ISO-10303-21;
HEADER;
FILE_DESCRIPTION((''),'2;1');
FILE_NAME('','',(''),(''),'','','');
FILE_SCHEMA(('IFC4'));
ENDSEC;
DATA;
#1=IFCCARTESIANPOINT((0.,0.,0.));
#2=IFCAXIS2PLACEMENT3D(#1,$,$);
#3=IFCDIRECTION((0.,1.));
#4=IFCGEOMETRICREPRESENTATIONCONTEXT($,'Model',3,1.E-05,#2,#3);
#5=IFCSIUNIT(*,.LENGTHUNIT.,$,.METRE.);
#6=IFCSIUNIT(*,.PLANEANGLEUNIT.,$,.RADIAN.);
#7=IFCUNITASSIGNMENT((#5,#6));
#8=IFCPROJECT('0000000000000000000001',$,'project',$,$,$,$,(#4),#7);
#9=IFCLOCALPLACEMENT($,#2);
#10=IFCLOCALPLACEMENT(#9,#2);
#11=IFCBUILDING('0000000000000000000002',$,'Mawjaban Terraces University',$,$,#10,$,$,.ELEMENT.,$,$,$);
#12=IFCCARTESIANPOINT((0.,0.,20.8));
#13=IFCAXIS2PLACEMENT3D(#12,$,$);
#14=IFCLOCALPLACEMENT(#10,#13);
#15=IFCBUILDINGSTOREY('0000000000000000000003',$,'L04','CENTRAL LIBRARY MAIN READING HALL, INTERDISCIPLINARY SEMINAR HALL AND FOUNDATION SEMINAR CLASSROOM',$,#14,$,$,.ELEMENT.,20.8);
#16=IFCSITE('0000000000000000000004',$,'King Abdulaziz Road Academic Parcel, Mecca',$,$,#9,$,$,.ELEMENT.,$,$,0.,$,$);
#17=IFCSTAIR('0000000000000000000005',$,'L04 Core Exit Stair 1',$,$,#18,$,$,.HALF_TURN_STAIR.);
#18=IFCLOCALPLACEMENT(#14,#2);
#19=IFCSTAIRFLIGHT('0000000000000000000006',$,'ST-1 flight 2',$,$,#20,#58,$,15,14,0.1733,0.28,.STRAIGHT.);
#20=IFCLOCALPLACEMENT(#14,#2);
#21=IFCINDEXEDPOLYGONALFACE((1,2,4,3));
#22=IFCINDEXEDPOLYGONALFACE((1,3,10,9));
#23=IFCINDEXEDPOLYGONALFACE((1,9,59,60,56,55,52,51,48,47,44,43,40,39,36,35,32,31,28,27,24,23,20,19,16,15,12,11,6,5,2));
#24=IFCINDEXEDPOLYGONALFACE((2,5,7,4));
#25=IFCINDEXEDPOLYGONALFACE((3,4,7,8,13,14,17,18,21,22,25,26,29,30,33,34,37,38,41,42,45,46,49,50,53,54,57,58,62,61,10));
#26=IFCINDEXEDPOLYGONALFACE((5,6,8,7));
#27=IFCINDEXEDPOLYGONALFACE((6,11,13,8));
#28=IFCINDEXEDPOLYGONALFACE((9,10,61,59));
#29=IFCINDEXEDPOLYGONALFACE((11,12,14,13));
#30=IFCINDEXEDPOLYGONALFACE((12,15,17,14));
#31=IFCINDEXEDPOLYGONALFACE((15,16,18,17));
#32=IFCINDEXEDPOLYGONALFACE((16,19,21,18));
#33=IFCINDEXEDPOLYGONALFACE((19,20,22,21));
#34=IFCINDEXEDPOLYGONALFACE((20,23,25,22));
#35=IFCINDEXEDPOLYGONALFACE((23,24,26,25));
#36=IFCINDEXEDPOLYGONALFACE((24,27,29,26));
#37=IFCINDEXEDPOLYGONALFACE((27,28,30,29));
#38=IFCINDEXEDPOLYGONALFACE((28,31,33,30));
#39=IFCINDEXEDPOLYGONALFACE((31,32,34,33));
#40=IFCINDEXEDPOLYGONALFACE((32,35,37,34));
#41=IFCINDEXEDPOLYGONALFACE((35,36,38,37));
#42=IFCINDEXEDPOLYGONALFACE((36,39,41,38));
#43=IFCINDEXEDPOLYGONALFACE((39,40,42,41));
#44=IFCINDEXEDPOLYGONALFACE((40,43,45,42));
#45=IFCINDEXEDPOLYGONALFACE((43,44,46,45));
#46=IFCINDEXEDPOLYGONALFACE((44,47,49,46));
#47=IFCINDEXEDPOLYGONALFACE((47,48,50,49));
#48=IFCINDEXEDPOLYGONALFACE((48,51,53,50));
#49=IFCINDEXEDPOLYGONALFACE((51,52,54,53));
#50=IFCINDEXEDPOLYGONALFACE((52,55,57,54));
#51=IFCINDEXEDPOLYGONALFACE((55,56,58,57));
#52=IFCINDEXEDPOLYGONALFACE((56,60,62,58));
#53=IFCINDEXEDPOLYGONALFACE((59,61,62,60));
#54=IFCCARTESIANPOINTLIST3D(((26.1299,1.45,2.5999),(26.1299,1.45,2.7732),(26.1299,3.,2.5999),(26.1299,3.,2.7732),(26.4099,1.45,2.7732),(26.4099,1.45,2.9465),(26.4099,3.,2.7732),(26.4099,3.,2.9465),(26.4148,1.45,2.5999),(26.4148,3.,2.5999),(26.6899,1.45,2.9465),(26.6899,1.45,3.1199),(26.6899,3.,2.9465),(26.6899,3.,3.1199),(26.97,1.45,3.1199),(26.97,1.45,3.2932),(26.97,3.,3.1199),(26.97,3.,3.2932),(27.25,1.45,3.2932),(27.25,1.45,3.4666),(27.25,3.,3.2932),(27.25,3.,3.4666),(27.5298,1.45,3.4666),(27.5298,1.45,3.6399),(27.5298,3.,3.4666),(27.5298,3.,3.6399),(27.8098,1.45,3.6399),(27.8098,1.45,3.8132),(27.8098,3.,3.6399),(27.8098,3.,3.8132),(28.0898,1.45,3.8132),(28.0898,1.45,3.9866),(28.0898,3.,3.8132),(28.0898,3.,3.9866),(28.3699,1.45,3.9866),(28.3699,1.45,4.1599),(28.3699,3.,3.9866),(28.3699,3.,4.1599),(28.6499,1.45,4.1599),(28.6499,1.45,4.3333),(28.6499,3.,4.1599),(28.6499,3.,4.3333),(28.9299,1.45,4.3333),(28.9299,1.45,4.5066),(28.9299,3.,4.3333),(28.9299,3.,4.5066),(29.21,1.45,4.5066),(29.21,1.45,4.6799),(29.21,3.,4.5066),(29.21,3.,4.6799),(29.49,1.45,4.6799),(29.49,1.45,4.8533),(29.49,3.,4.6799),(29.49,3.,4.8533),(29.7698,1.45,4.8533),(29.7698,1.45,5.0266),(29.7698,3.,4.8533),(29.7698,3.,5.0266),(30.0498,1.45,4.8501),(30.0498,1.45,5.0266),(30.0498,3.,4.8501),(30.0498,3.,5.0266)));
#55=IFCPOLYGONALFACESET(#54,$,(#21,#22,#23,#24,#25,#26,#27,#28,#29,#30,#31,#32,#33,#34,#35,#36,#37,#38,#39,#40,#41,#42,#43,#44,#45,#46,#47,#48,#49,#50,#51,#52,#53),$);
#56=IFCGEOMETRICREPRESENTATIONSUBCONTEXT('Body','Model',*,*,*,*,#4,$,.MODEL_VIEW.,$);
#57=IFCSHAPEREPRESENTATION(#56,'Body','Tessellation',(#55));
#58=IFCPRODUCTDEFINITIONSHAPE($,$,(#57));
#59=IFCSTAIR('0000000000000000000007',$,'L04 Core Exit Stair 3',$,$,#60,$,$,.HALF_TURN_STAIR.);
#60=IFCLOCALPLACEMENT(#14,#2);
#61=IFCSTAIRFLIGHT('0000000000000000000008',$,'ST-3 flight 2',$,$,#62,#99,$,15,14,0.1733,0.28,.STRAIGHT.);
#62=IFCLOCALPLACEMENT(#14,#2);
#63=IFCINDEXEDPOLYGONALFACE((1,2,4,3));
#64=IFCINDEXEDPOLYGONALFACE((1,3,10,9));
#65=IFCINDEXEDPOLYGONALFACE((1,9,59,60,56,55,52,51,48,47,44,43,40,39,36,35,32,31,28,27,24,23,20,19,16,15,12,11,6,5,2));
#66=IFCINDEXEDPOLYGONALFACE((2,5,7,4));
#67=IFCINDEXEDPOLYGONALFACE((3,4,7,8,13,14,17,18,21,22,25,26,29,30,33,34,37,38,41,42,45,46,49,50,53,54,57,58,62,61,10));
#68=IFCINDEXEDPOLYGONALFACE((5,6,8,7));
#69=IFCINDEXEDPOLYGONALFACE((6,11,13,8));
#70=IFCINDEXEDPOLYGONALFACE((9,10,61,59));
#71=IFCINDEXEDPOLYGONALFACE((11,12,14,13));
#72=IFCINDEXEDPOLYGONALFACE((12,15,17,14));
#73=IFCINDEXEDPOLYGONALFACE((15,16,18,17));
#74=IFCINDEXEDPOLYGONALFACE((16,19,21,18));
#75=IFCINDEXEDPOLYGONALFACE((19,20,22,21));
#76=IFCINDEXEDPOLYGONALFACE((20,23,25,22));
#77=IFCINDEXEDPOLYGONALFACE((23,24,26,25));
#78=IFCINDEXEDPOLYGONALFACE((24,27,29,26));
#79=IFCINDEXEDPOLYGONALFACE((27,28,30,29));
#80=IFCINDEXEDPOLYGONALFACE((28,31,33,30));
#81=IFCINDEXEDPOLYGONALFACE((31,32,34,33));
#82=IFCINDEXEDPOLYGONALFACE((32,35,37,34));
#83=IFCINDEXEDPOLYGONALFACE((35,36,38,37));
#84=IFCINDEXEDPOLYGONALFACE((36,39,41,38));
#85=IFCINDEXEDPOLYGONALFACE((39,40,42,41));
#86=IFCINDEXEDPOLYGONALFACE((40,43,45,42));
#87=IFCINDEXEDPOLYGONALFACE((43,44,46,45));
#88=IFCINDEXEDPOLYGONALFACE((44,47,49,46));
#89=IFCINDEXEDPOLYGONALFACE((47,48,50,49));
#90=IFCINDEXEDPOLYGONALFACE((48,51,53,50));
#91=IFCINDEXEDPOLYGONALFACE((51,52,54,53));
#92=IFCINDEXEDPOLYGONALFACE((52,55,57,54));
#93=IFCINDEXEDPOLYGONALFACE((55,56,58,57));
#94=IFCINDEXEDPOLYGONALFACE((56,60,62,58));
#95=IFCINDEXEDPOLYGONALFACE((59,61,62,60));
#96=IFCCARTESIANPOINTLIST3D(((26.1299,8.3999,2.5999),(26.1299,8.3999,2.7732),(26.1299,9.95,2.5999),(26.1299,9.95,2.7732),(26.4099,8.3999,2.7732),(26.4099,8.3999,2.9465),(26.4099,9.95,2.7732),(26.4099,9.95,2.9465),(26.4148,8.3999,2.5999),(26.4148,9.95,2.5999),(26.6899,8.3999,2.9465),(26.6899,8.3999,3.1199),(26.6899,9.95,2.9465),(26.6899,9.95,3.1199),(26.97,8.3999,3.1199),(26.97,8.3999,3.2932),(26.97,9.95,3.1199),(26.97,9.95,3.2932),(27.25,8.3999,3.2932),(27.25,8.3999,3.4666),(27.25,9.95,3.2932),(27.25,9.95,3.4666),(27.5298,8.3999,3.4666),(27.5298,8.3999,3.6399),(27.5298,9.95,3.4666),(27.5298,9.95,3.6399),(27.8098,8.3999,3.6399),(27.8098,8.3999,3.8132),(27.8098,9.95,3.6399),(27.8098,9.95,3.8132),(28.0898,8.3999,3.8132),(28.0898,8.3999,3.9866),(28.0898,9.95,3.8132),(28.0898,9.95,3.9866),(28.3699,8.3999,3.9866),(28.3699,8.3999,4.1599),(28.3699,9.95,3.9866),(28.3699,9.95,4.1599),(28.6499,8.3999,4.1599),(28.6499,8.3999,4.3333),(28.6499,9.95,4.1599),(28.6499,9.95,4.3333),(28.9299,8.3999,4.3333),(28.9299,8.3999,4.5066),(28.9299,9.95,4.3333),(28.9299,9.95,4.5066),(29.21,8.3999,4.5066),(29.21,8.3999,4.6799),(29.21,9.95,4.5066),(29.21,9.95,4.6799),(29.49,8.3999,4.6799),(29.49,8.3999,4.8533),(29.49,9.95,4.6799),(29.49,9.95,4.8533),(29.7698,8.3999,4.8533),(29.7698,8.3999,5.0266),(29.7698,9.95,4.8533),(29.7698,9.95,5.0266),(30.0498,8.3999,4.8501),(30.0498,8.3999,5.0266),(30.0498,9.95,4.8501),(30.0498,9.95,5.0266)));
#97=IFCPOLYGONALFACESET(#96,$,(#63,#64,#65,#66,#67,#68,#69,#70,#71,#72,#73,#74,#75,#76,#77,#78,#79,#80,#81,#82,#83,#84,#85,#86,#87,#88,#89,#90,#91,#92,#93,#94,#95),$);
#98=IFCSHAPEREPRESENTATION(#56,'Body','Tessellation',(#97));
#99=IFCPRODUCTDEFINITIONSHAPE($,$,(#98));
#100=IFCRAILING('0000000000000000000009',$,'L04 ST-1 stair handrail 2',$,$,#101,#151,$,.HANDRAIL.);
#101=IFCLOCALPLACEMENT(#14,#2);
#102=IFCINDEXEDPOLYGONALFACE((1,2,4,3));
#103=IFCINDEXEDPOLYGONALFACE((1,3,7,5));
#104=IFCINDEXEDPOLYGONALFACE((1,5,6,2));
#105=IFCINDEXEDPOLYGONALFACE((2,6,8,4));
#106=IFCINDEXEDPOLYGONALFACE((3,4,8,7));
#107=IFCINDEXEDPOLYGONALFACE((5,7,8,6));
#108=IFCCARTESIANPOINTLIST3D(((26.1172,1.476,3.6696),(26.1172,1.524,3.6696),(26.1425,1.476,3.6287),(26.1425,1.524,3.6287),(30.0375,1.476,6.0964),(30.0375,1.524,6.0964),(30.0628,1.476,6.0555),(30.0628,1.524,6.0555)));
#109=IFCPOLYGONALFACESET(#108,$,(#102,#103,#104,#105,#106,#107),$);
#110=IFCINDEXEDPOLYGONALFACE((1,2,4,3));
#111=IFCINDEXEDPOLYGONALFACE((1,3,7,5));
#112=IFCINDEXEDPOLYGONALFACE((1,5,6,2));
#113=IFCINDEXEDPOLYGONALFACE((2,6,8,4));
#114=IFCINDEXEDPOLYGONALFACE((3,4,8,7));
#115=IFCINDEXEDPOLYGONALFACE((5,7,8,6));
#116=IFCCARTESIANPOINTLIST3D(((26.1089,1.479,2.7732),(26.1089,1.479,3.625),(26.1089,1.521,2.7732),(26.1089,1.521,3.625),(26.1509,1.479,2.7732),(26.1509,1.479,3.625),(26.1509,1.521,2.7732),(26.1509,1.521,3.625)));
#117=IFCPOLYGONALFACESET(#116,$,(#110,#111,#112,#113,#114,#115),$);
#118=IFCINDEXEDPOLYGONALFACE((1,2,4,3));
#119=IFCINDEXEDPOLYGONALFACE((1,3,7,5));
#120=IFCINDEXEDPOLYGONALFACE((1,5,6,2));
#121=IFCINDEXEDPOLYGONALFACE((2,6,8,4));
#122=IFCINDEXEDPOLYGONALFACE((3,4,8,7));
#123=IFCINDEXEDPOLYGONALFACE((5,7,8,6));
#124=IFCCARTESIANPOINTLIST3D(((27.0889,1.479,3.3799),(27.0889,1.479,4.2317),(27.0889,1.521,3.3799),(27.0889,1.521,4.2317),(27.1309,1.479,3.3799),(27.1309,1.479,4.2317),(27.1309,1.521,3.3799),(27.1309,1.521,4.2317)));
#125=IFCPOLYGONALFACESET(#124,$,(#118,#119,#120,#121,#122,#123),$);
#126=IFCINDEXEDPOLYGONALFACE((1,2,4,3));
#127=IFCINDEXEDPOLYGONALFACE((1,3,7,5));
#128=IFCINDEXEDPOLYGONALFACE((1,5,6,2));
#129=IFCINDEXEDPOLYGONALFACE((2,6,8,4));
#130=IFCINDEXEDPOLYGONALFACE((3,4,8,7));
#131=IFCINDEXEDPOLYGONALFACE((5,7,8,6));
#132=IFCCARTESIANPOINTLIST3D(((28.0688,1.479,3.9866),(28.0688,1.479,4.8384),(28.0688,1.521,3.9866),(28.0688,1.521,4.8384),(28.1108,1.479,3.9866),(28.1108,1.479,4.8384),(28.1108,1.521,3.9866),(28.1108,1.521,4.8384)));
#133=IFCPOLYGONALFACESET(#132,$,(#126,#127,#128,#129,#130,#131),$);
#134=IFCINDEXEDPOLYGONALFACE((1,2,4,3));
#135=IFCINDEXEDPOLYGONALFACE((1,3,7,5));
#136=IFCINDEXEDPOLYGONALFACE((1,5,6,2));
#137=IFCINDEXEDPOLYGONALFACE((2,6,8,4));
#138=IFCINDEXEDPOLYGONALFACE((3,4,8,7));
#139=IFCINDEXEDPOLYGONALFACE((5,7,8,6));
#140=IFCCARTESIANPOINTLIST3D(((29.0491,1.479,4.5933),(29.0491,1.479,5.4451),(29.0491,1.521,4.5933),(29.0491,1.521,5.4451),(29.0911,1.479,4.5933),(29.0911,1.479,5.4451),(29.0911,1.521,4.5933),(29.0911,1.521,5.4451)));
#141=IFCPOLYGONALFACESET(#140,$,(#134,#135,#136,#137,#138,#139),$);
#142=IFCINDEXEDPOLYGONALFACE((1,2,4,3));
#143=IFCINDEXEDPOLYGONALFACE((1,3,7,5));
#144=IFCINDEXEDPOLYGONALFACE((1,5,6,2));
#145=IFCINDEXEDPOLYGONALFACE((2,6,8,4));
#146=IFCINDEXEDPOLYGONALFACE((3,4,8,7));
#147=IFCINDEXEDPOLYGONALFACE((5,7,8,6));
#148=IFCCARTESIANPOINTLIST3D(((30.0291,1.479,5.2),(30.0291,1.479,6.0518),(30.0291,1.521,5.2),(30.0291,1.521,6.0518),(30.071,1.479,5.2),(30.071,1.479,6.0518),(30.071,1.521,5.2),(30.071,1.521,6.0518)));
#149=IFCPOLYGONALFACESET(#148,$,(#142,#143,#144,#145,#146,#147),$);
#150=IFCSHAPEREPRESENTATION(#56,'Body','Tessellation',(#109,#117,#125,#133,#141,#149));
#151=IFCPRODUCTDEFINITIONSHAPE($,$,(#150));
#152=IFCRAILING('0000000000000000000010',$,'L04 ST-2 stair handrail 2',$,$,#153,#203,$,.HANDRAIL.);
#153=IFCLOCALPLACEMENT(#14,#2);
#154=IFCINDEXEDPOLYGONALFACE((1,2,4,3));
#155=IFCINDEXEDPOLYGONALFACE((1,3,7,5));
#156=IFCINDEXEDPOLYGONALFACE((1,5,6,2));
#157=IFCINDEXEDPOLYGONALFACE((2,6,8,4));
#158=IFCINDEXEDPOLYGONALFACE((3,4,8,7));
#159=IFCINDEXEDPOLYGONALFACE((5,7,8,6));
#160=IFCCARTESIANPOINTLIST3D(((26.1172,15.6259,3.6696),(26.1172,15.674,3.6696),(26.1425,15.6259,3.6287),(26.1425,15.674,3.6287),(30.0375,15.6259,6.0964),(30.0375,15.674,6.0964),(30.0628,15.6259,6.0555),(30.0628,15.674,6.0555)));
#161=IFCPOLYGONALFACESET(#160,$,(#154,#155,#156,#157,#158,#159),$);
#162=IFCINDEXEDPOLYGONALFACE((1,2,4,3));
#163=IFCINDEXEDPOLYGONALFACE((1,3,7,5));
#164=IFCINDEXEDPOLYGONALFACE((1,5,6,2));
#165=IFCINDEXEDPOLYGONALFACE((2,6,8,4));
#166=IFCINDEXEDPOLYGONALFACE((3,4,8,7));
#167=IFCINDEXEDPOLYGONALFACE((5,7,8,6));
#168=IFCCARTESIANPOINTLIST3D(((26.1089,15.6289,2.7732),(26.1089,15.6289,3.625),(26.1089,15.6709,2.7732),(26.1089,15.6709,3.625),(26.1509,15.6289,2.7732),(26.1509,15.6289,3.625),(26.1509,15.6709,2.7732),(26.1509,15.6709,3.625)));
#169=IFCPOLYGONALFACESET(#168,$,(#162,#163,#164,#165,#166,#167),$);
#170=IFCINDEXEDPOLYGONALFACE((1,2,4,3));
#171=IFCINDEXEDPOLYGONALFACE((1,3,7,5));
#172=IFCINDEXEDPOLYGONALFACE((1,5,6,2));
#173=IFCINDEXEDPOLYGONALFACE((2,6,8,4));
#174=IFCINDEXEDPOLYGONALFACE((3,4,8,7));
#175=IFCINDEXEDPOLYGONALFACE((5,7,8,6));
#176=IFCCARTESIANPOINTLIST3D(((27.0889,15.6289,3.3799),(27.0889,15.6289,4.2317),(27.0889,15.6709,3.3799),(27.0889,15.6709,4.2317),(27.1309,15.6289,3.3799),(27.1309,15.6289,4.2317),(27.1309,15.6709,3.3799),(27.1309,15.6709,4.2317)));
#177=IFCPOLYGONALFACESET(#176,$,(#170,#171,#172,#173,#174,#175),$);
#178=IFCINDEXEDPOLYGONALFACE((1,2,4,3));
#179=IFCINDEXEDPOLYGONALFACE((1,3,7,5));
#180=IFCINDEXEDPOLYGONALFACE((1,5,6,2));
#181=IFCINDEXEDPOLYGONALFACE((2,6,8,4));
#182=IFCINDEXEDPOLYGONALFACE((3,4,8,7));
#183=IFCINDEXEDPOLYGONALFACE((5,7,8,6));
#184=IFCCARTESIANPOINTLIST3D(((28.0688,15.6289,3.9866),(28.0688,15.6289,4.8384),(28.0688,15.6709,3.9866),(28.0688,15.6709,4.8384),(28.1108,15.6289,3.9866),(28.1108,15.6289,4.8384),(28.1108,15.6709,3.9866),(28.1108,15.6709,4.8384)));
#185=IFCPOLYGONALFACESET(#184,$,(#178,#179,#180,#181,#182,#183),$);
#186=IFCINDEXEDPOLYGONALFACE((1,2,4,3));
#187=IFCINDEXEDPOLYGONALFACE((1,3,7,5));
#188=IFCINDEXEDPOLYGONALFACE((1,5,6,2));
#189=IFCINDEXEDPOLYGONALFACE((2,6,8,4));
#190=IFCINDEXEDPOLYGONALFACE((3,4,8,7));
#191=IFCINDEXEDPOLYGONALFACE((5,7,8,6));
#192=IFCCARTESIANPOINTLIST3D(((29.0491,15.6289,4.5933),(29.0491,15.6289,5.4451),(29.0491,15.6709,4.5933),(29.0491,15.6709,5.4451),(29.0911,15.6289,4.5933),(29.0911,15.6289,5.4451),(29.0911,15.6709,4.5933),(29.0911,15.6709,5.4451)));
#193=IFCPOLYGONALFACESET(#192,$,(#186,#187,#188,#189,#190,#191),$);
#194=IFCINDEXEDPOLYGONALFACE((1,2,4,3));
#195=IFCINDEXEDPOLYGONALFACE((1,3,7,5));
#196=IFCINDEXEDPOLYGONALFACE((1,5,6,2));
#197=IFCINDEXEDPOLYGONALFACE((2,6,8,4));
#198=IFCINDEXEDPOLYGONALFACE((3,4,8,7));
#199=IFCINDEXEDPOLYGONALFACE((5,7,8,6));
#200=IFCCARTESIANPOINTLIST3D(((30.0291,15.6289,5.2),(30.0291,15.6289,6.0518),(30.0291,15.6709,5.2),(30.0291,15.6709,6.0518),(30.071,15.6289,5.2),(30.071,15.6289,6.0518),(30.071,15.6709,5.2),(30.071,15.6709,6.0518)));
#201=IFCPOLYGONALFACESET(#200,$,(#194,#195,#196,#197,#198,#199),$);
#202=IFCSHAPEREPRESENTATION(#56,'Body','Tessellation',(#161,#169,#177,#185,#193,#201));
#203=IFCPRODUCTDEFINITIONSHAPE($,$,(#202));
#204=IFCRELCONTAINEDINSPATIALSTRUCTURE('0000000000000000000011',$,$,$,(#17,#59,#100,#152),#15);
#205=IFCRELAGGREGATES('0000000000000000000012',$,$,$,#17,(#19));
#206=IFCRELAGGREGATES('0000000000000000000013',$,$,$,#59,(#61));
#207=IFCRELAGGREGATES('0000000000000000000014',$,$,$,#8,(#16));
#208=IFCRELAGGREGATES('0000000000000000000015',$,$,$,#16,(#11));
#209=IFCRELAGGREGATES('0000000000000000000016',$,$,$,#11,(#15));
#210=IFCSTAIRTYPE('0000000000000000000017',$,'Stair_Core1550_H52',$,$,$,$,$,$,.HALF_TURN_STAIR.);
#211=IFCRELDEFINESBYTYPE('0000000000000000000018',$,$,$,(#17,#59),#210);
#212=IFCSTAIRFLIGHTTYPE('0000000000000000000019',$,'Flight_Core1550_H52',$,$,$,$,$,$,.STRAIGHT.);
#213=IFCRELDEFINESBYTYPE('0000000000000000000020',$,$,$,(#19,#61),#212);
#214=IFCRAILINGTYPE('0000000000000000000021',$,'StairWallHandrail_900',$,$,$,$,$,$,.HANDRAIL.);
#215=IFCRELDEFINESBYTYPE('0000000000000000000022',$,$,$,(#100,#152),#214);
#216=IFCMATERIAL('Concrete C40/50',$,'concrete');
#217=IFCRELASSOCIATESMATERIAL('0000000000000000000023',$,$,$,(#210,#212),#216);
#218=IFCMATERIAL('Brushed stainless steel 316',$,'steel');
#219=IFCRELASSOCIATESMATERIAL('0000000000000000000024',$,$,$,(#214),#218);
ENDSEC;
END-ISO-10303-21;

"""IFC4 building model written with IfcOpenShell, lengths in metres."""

from ifc_helpers import new_model, si_unit, direction, frame, origin, origin_2d, place, context, subcontext, project, spatial, polyline, rectangle, outline, extrude, material, type_object, element, aggregate, save


model = new_model("IFC4")

# Units and contexts
model_context = context("Model", 3, precision=1e-05, world=origin(), true_north=direction((0.0, 1.0)))
body_context = subcontext(model_context, "Body", "Model", "MODEL_VIEW")
ifc_project = project(units=[si_unit("LENGTHUNIT", "METRE"), si_unit("PLANEANGLEUNIT", "RADIAN")], contexts=[model_context])

# Site, building, storey
site_placement = place(None, origin())
site = spatial("IfcSite", under=ifc_project, at=site_placement, Name="King Abdulaziz Road Academic Parcel, Mecca", CompositionType="ELEMENT", RefElevation=0.0)
building_placement = place(site_placement, origin())
building = spatial("IfcBuilding", under=site, at=building_placement, Name="Mawjaban Terraces University", CompositionType="ELEMENT")
storey_placement = place(building_placement, frame((0.0, 0.0, 20.8)))
storey = spatial("IfcBuildingStorey", under=building, at=storey_placement, Name="L04", Description="CENTRAL LIBRARY MAIN READING HALL, INTERDISCIPLINARY SEMINAR HALL AND FOUNDATION SEMINAR CLASSROOM", CompositionType="ELEMENT", Elevation=20.8)

# Shared definitions
ifc_material_1 = material(Name="Concrete C40/50", Category="concrete")

# Stairs, stair flights
stair_type = type_object("IfcStairType", Name="Stair_Core1550_H52", PredefinedType="HALF_TURN_STAIR", material=ifc_material_1)
stair_1_placement = place(storey_placement, origin())
stair_1 = element("IfcStair", 1, at=stair_1_placement, inside=storey, type_object=stair_type, Name="L04 Core Exit Stair 1", PredefinedType="HALF_TURN_STAIR")
stair_flight_type = type_object("IfcStairFlightType", Name="Flight_Core1550_H52", PredefinedType="STRAIGHT", material=ifc_material_1)
stair_flight_1_placement = place(storey_placement, frame((26.1299, 2.2251, 2.5999), z_axis=(0.0, 0.0, 1.0), x_axis=(1.0, 0.0, 0.0)))
stair_flight_1 = element("IfcStairFlight", 2, at=stair_flight_1_placement, type_object=stair_flight_type, Name="ST-1 flight 2", NumberOfRisers=15, NumberOfTreads=14, PredefinedType="STRAIGHT", RiserHeight=0.1733, TreadLength=0.28, context=body_context, shape_type="SweptSolid", body=[
    extrude(outline(polyline([(0.0, 0.0), (0.0, 0.1733), (0.28, 0.1733), (0.28, 0.3467), (0.5601, 0.3467), (0.5601, 0.52), (0.8401, 0.52), (0.8401, 0.6934), (1.1201, 0.6934), (1.1201, 0.8667), (1.3999, 0.8667), (1.3999, 1.04), (1.6799, 1.04), (1.6799, 1.2134), (1.96, 1.2134), (1.96, 1.3867), (2.24, 1.3867), (2.24, 1.5601), (2.52, 1.5601), (2.52, 1.7334), (2.8, 1.7334), (2.8, 1.9067), (3.0801, 1.9067), (3.0801, 2.0801), (3.3601, 2.0801), (3.3601, 2.2534), (3.6399, 2.2534), (3.6399, 2.4268), (3.9199, 2.4268), (3.9199, 2.6001), (3.9199, 2.2502), (0.2849, 0.0), (0.0, 0.0)])), frame((0.0, 0.7749, 0.0), z_axis=(0.0, -1.0, 0.0), x_axis=(1.0, 0.0, 0.0)), (0.0, 0.0, 1.0), 1.55),
])
aggregate(stair_1, [stair_flight_1])
stair_2_placement = place(storey_placement, origin())
stair_2 = element("IfcStair", 3, at=stair_2_placement, inside=storey, type_object=stair_type, Name="L04 Core Exit Stair 3", PredefinedType="HALF_TURN_STAIR")
stair_flight_2_placement = place(storey_placement, frame((26.1299, 9.175, 2.5999), z_axis=(0.0, 0.0, 1.0), x_axis=(1.0, 0.0, 0.0)))
stair_flight_2 = element("IfcStairFlight", 4, at=stair_flight_2_placement, type_object=stair_flight_type, Name="ST-3 flight 2", NumberOfRisers=15, NumberOfTreads=14, PredefinedType="STRAIGHT", RiserHeight=0.1733, TreadLength=0.28, context=body_context, shape_type="SweptSolid", body=[
    extrude(outline(polyline([(0.0, 0.0), (0.0, 0.1733), (0.28, 0.1733), (0.28, 0.3467), (0.5601, 0.3467), (0.5601, 0.52), (0.8401, 0.52), (0.8401, 0.6934), (1.1201, 0.6934), (1.1201, 0.8667), (1.3999, 0.8667), (1.3999, 1.04), (1.6799, 1.04), (1.6799, 1.2134), (1.96, 1.2134), (1.96, 1.3867), (2.24, 1.3867), (2.24, 1.5601), (2.52, 1.5601), (2.52, 1.7334), (2.8, 1.7334), (2.8, 1.9067), (3.0801, 1.9067), (3.0801, 2.0801), (3.3601, 2.0801), (3.3601, 2.2534), (3.6399, 2.2534), (3.6399, 2.4268), (3.9199, 2.4268), (3.9199, 2.6001), (3.9199, 2.2502), (0.2849, 0.0), (0.0, 0.0)])), frame((0.0, 0.7749, 0.0), z_axis=(0.0, -1.0, 0.0), x_axis=(1.0, 0.0, 0.0)), (0.0, 0.0, 1.0), 1.55),
])
aggregate(stair_2, [stair_flight_2])

# Railings
ifc_material_2 = material(Name="Brushed stainless steel 316", Category="steel")
railing_type_1 = type_object("IfcRailingType", Name="StairWallHandrail_900", PredefinedType="HANDRAIL", material=ifc_material_2)
for number, where, name in (
    (5, (26.1299, 1.5, 2.7732), "L04 ST-1 stair handrail 2"),
    (6, (26.1299, 15.6499, 2.7732), "L04 ST-2 stair handrail 2"),
):
    element("IfcRailing", number, at=place(storey_placement, frame(where)), inside=storey, type_object=railing_type_1, Name=name, PredefinedType="HANDRAIL", context=body_context, shape_type="SweptSolid", body=[
        extrude(rectangle(XDim=0.0481, YDim=0.0481, at=origin_2d()), frame((0.0, 0.0, 0.876), z_axis=(0.850266, 0.0, 0.526353), x_axis=(0.0, 1.0, 0.0)), (0.0, 0.0, 1.0), 4.6106),
        extrude(rectangle(XDim=0.042, YDim=0.042, at=origin_2d()), origin(), (0.0, 0.0, 1.0), 0.8518),
        extrude(rectangle(XDim=0.042, YDim=0.042, at=origin_2d()), frame((0.98, 0.0, 0.6067)), (0.0, 0.0, 1.0), 0.8518),
        extrude(rectangle(XDim=0.042, YDim=0.042, at=origin_2d()), frame((1.96, 0.0, 1.2134)), (0.0, 0.0, 1.0), 0.8518),
        extrude(rectangle(XDim=0.042, YDim=0.042, at=origin_2d()), frame((2.9402, 0.0, 1.8201)), (0.0, 0.0, 1.0), 0.8518),
        extrude(rectangle(XDim=0.042, YDim=0.042, at=origin_2d()), frame((3.9202, 0.0, 2.4268)), (0.0, 0.0, 1.0), 0.8518),
    ])

save(model, "model.ifc")
